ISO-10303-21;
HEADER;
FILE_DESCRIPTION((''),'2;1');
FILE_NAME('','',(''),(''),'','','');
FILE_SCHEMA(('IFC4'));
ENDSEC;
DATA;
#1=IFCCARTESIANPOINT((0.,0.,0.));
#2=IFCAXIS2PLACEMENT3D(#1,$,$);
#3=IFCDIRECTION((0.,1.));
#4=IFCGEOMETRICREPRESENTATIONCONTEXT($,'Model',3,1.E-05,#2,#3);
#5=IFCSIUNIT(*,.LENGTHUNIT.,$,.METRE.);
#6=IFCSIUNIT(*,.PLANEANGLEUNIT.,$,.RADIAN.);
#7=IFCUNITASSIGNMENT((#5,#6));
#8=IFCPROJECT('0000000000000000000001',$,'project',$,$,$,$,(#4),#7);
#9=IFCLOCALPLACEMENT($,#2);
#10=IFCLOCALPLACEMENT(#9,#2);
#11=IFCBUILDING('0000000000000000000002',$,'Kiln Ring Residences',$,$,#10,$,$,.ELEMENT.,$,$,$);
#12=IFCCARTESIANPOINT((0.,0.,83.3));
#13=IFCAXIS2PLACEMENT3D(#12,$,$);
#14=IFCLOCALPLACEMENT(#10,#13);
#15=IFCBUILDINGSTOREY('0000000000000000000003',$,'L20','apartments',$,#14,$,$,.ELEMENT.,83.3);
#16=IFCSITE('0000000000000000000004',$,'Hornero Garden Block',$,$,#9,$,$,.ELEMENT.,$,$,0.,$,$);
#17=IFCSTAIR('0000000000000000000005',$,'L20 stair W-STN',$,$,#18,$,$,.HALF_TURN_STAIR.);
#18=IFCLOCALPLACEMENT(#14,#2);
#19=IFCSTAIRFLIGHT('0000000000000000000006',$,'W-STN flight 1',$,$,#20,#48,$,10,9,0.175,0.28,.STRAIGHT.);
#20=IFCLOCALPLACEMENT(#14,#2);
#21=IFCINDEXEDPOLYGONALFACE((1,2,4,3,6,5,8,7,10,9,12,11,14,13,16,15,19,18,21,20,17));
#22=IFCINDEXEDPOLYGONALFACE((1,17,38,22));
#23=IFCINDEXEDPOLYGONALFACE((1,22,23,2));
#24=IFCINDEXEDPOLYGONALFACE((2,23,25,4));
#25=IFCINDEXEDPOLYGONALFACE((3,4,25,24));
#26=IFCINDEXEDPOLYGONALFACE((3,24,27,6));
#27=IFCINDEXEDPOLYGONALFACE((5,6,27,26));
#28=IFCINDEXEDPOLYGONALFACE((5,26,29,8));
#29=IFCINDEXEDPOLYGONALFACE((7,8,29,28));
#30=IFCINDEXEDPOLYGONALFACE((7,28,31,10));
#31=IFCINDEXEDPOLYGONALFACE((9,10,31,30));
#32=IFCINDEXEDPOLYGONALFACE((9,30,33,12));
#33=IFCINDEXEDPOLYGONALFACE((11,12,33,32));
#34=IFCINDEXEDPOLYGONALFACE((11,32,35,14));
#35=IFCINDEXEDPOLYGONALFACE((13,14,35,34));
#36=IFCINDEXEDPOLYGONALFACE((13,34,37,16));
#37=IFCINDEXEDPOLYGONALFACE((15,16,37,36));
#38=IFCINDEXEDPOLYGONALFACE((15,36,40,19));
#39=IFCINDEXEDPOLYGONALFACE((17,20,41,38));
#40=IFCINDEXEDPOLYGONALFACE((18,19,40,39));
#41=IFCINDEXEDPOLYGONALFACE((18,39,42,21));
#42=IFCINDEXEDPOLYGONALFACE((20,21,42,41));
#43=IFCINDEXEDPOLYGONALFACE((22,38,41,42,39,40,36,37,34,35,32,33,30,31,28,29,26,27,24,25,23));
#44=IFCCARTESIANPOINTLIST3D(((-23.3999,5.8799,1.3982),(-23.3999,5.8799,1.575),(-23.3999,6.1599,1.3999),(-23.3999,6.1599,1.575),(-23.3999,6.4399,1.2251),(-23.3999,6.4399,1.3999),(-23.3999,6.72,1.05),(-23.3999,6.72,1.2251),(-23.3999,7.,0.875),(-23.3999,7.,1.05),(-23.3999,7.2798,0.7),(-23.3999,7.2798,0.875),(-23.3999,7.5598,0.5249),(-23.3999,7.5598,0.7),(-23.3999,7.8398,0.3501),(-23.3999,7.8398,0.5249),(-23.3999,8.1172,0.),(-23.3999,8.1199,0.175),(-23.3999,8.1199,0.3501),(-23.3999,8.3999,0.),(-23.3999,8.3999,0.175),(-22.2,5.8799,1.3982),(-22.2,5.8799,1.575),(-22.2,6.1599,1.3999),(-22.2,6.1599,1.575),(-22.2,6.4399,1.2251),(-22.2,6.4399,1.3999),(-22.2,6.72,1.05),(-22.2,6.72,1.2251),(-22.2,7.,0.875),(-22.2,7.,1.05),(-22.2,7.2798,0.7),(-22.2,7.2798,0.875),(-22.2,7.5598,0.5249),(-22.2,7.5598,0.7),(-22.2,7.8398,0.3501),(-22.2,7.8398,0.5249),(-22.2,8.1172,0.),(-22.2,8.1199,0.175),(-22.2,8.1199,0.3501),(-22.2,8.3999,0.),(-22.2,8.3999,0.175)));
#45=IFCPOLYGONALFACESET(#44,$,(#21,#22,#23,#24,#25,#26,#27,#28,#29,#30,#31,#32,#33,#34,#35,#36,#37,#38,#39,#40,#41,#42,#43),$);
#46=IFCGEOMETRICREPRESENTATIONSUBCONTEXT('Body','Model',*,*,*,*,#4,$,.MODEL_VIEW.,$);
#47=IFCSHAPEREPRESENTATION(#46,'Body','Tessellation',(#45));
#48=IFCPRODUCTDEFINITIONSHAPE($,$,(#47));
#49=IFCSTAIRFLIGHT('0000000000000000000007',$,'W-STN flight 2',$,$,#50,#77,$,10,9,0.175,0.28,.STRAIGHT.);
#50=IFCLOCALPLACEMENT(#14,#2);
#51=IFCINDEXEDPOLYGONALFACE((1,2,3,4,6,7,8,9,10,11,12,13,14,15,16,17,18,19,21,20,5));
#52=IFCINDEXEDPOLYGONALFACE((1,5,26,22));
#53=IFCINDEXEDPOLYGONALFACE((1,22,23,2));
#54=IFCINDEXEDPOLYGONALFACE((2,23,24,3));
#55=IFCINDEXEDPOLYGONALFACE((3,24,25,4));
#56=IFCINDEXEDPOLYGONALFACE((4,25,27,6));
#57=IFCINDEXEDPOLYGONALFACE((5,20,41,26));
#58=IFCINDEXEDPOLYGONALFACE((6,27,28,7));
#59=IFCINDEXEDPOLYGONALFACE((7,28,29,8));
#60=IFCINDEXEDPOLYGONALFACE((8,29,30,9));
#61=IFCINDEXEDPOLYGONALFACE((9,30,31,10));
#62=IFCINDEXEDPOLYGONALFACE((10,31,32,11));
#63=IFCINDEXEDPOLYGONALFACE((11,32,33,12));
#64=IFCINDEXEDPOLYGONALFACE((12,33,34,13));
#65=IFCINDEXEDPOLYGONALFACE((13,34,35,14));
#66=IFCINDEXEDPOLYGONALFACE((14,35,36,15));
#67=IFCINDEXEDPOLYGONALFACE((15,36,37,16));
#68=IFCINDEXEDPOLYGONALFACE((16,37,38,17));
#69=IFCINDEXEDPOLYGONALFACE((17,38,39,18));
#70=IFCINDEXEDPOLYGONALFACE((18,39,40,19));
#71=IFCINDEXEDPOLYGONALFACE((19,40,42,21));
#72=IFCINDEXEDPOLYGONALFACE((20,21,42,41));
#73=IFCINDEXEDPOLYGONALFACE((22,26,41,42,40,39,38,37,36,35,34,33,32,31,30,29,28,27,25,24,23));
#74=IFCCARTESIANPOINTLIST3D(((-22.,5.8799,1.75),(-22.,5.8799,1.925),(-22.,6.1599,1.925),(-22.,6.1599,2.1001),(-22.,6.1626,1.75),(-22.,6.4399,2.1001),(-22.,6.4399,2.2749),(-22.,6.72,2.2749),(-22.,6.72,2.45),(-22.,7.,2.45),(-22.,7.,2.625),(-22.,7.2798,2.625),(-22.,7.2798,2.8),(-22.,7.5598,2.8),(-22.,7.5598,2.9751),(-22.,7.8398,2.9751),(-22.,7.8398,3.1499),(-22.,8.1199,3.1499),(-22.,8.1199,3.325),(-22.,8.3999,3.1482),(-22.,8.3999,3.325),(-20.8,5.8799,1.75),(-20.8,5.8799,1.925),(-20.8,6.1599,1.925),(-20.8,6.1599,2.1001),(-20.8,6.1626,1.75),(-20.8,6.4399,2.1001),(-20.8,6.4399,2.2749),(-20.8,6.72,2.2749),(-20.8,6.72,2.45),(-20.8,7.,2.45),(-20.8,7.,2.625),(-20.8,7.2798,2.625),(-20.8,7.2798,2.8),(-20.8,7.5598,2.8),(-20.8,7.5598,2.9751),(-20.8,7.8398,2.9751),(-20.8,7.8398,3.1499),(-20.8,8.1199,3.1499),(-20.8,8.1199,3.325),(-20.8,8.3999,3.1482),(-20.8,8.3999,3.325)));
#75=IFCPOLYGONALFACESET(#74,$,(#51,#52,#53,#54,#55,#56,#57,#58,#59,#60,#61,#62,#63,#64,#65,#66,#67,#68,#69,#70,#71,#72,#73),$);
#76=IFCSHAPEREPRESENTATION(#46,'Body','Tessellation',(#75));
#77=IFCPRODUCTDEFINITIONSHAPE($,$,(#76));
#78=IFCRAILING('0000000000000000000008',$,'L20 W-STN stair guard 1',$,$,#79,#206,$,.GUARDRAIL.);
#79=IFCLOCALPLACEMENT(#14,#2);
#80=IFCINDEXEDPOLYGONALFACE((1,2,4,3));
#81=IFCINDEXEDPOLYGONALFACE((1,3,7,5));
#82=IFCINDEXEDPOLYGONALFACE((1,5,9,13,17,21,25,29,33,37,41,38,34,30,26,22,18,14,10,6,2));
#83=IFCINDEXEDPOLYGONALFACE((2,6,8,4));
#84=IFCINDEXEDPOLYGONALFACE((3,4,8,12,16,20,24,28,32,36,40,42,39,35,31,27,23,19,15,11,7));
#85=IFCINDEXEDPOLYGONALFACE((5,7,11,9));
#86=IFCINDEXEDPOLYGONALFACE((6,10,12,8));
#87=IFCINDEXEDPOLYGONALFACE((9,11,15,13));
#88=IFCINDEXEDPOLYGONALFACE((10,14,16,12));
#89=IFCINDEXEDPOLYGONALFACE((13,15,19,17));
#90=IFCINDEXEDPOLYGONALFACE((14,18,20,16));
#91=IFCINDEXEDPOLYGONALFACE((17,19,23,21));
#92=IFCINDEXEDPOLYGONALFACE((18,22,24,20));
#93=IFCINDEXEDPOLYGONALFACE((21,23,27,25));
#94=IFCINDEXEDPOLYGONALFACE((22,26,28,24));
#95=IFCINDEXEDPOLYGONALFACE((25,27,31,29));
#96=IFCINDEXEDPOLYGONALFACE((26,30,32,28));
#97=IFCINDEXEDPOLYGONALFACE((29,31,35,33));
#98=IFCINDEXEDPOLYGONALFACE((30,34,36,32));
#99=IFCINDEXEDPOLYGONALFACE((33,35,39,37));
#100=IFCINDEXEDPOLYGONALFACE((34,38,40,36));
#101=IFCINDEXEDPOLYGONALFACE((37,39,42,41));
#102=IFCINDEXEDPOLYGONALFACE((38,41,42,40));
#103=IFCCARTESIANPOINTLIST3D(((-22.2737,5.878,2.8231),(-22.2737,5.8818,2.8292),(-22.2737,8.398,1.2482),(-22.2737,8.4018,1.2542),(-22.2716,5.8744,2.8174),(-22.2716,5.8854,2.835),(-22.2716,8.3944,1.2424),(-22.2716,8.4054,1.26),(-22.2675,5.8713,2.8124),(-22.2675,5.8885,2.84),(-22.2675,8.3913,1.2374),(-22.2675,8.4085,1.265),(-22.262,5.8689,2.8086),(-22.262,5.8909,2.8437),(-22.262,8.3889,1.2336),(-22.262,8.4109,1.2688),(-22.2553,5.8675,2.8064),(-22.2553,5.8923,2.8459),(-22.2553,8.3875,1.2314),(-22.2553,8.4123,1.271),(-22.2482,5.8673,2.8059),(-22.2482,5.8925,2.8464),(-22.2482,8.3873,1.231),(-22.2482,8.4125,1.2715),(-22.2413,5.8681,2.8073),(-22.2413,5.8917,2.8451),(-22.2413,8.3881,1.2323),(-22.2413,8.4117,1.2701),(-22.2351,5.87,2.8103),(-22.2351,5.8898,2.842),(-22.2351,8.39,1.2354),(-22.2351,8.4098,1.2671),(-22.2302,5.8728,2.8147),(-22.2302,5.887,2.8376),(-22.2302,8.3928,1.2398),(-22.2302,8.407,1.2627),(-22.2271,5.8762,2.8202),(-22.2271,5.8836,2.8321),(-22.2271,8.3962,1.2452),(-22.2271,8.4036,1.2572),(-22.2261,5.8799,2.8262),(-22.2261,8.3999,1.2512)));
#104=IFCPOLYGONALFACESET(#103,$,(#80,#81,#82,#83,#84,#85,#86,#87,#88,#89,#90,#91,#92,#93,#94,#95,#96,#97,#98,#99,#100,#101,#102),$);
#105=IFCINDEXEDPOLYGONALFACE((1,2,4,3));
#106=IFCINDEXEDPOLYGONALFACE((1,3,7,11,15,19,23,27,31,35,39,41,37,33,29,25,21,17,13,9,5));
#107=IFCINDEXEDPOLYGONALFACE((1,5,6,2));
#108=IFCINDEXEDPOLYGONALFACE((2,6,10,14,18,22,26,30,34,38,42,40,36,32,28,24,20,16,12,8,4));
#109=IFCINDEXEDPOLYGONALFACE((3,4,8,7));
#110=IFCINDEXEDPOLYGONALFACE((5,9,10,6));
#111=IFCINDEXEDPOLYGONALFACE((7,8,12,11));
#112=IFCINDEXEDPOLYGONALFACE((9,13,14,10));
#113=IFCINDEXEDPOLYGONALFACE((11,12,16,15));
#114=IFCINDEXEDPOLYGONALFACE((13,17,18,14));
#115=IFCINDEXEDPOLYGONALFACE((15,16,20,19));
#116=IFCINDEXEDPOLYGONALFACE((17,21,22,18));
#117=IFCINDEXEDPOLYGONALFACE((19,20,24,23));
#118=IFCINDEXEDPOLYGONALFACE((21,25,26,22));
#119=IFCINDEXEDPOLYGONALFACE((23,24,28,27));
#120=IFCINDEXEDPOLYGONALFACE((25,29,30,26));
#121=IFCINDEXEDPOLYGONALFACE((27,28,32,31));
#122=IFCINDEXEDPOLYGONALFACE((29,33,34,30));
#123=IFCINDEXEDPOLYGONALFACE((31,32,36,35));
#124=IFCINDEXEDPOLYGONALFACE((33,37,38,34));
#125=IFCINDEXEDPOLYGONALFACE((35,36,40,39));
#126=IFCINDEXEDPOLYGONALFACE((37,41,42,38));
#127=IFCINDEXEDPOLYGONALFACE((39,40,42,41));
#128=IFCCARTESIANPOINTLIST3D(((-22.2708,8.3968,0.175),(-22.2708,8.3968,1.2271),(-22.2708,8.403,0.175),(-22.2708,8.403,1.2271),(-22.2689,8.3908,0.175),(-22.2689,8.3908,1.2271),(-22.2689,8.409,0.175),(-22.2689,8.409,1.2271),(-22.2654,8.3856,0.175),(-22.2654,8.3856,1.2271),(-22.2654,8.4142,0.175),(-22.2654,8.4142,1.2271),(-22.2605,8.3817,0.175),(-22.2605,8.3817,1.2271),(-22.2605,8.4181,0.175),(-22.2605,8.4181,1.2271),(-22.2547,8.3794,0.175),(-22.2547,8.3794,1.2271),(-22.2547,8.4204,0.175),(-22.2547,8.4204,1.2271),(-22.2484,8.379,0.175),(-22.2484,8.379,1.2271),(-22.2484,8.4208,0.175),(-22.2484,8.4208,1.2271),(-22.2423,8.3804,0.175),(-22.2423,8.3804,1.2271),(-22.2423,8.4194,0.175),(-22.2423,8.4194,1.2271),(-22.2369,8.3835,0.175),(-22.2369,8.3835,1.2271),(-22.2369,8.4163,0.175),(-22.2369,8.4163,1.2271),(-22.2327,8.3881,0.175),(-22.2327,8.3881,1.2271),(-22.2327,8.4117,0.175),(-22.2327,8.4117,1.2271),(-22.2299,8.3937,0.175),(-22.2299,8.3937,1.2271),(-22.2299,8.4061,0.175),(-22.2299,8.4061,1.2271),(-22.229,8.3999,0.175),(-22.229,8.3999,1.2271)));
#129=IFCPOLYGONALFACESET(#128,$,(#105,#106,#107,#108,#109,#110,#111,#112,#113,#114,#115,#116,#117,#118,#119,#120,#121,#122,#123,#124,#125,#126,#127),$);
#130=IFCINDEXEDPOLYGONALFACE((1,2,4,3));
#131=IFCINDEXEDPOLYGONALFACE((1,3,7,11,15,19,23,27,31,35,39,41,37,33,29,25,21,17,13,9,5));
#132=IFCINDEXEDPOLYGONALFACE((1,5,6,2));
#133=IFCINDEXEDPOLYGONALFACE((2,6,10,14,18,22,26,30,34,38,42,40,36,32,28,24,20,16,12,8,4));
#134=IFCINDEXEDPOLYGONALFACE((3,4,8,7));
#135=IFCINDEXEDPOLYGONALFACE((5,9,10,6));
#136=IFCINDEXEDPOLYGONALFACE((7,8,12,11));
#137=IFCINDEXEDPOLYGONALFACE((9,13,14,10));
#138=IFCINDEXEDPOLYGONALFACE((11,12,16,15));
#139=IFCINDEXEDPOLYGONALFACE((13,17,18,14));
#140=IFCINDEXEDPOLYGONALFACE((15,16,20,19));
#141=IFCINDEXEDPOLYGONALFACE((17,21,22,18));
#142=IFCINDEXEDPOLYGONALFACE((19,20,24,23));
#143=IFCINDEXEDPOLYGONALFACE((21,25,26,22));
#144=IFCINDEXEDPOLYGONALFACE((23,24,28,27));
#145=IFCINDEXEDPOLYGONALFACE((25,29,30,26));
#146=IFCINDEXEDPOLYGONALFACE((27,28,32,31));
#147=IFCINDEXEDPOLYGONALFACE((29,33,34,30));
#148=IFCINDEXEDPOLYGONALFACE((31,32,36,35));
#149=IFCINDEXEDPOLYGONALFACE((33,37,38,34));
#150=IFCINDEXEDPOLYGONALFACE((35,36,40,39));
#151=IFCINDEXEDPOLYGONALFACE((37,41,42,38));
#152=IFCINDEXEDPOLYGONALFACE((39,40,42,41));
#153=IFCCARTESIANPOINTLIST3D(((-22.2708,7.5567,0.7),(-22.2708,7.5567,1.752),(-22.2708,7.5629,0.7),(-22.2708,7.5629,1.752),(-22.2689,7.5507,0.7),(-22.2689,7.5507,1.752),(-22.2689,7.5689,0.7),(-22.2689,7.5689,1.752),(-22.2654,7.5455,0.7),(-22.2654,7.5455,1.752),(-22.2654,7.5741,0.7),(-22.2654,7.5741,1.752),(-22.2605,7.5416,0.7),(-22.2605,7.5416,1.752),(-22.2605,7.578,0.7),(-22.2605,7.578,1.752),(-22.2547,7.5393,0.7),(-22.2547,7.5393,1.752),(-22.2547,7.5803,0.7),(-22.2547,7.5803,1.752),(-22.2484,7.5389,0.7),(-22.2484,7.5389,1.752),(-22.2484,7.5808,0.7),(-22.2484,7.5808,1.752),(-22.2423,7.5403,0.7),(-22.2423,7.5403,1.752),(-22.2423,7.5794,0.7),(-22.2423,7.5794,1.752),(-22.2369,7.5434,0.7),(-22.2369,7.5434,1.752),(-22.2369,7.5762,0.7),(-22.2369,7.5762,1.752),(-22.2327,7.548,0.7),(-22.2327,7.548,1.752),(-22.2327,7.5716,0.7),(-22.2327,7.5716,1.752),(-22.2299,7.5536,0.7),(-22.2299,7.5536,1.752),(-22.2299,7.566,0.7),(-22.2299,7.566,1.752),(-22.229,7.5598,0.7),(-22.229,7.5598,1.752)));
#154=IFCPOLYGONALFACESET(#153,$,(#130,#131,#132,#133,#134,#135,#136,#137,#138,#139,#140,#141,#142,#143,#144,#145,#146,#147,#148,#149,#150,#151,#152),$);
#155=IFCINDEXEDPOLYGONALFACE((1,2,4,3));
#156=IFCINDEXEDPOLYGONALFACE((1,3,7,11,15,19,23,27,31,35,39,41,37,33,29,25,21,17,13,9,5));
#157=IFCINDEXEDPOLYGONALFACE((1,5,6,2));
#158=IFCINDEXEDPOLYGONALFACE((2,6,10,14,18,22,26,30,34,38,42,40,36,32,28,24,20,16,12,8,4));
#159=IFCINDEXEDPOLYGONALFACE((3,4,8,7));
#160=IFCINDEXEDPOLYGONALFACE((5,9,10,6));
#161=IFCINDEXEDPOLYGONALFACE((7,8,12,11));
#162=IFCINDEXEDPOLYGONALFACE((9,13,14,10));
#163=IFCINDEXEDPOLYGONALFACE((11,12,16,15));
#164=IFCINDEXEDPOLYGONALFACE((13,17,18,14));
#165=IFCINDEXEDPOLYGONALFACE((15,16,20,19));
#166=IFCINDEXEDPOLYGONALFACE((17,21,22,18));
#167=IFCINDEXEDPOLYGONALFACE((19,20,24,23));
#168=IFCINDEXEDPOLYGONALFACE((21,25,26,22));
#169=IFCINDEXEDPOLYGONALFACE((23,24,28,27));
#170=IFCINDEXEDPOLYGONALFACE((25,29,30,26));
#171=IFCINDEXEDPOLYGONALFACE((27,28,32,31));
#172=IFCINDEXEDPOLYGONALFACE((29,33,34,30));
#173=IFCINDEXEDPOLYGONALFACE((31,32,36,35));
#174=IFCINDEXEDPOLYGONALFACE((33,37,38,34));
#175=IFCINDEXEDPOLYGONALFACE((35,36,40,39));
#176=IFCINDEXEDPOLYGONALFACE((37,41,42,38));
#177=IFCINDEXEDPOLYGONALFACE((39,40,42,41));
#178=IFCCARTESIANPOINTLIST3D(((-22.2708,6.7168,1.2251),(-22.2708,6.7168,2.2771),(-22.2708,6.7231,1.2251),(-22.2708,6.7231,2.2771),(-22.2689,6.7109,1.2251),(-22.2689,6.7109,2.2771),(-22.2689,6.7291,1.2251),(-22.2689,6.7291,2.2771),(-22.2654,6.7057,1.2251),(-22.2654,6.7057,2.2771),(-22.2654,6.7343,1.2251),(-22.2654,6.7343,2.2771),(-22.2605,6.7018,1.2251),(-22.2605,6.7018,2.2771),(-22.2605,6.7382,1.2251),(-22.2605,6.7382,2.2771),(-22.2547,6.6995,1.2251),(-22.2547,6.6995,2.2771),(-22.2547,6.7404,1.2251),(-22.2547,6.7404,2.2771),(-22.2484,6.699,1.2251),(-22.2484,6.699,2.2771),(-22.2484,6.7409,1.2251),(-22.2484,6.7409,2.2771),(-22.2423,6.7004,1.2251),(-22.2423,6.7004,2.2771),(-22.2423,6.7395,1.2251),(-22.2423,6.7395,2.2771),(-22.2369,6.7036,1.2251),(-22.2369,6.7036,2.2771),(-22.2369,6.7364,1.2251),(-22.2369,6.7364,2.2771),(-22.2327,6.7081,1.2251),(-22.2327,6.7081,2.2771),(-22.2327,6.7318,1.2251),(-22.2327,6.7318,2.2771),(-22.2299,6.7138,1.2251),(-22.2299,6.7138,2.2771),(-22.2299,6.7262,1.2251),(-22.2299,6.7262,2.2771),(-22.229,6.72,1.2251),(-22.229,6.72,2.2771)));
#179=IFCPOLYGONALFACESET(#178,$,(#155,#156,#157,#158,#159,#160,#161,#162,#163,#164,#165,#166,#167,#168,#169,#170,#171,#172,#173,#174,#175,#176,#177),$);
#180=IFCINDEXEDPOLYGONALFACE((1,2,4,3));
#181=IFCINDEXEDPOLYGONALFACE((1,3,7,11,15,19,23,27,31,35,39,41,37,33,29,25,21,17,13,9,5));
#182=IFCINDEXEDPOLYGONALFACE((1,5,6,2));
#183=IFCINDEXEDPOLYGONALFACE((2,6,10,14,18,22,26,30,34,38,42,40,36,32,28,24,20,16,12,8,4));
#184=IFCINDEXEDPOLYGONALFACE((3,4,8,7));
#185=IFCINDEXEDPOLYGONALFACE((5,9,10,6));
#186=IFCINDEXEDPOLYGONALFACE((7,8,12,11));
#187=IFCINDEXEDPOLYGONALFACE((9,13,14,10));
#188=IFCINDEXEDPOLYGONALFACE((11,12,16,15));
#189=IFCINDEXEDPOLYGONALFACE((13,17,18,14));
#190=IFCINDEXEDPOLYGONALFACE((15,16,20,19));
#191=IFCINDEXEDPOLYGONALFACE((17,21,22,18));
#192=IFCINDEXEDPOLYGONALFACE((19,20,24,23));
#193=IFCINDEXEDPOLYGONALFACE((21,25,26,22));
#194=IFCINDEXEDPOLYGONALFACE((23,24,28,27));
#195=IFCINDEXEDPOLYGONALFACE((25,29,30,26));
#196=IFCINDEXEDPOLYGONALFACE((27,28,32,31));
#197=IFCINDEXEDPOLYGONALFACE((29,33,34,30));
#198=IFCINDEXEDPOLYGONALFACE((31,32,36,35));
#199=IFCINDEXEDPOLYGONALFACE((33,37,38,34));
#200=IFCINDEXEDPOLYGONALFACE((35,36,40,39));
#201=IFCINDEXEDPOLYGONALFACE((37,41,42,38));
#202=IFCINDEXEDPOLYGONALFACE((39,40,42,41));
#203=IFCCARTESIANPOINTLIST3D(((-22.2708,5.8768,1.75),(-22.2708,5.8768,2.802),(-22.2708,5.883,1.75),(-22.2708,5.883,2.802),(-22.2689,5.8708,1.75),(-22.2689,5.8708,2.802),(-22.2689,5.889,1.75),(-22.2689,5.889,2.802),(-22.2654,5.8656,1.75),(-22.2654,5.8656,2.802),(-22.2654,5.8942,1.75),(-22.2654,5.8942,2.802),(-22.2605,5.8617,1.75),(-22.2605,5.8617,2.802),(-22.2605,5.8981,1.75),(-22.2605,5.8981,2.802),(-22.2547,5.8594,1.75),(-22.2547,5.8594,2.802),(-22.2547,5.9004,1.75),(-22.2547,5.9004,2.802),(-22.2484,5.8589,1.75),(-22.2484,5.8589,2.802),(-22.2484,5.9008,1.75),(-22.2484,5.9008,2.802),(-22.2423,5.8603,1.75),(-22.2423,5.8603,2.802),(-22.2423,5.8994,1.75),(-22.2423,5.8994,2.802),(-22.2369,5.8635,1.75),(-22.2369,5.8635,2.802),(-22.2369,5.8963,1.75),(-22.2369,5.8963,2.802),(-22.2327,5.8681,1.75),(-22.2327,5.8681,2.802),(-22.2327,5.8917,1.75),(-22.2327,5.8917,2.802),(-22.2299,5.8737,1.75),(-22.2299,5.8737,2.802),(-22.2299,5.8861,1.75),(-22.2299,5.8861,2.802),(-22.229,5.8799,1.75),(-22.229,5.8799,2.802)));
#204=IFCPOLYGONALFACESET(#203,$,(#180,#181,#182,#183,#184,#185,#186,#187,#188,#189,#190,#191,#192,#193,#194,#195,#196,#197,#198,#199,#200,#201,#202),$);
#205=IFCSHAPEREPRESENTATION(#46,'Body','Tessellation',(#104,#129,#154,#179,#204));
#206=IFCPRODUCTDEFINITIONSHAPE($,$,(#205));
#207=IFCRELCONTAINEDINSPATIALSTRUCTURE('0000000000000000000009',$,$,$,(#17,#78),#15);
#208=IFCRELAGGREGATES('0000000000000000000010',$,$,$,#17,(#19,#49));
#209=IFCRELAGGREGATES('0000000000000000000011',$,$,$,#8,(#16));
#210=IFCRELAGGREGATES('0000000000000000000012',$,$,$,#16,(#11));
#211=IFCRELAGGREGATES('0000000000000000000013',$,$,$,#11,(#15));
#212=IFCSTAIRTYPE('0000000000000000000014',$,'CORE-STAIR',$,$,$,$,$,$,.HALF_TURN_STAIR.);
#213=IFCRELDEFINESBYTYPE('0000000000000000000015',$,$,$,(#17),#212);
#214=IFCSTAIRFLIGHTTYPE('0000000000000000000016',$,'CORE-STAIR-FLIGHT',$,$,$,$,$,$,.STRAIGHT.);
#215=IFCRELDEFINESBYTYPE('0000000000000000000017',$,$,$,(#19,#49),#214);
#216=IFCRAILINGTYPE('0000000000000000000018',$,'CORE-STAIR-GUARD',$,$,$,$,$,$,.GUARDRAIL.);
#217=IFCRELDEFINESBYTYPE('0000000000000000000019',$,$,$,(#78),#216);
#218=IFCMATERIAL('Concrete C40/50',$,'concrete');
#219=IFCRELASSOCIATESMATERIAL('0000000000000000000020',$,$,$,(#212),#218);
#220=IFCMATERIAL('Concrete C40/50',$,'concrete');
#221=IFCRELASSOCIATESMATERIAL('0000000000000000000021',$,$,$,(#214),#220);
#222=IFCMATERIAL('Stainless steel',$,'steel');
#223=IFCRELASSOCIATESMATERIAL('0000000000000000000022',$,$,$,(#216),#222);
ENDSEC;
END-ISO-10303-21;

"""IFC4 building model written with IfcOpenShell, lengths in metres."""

from ifc_helpers import new_model, si_unit, direction, frame, origin, origin_2d, place, context, subcontext, project, spatial, polyline, circle, outline, extrude, material, type_object, element, aggregate, save


model = new_model("IFC4")

# Units and contexts
model_context = context("Model", 3, precision=1e-05, world=origin(), true_north=direction((0.0, 1.0)))
body_context = subcontext(model_context, "Body", "Model", "MODEL_VIEW")
ifc_project = project(units=[si_unit("LENGTHUNIT", "METRE"), si_unit("PLANEANGLEUNIT", "RADIAN")], contexts=[model_context])

# Site, building, storey
site_placement = place(None, origin())
site = spatial("IfcSite", under=ifc_project, at=site_placement, Name="Hornero Garden Block", CompositionType="ELEMENT", RefElevation=0.0)
building_placement = place(site_placement, origin())
building = spatial("IfcBuilding", under=site, at=building_placement, Name="Kiln Ring Residences", CompositionType="ELEMENT")
storey_placement = place(building_placement, frame((0.0, 0.0, 83.3)))
storey = spatial("IfcBuildingStorey", under=building, at=storey_placement, Name="L20", Description="apartments", CompositionType="ELEMENT", Elevation=83.3)

# Stair, stair flights
ifc_material_1 = material(Name="Concrete C40/50", Category="concrete")
stair_type = type_object("IfcStairType", Name="CORE-STAIR", PredefinedType="HALF_TURN_STAIR", material=ifc_material_1)
stair_placement = place(storey_placement, origin())
stair = element("IfcStair", 1, at=stair_placement, inside=storey, type_object=stair_type, Name="L20 stair W-STN", PredefinedType="HALF_TURN_STAIR")
ifc_material_2 = material(Name="Concrete C40/50", Category="concrete")
stair_flight_type = type_object("IfcStairFlightType", Name="CORE-STAIR-FLIGHT", PredefinedType="STRAIGHT", material=ifc_material_2)
stair_flight_1_placement = place(storey_placement, frame((-22.8, 8.3999, 0.0), z_axis=(0.0, 0.0, 1.0), x_axis=(0.0, -1.0, 0.0)))
stair_flight_1 = element("IfcStairFlight", 2, at=stair_flight_1_placement, type_object=stair_flight_type, Name="W-STN flight 1", NumberOfRisers=10, NumberOfTreads=9, PredefinedType="STRAIGHT", RiserHeight=0.175, TreadLength=0.28, context=body_context, shape_type="SweptSolid", body=[
    extrude(outline(polyline([(0.0, 0.0), (0.0, 0.175), (0.28, 0.175), (0.28, 0.3501), (0.5601, 0.3501), (0.5601, 0.5249), (0.8401, 0.5249), (0.8401, 0.7), (1.1201, 0.7), (1.1201, 0.875), (1.3999, 0.875), (1.3999, 1.05), (1.6799, 1.05), (1.6799, 1.2251), (1.96, 1.2251), (1.96, 1.3999), (2.24, 1.3999), (2.24, 1.575), (2.52, 1.575), (2.52, 1.75), (2.52, 1.3982), (0.2827, 0.0), (0.0, 0.0)])), frame((0.0, 0.6001, 0.0), z_axis=(0.0, -1.0, 0.0), x_axis=(1.0, 0.0, 0.0)), (0.0, 0.0, 1.0), 1.2),
])
stair_flight_2_placement = place(storey_placement, frame((-21.3999, 5.8799, 1.75), z_axis=(0.0, 0.0, 1.0), x_axis=(0.0, 1.0, 0.0)))
stair_flight_2 = element("IfcStairFlight", 3, at=stair_flight_2_placement, type_object=stair_flight_type, Name="W-STN flight 2", NumberOfRisers=10, NumberOfTreads=9, PredefinedType="STRAIGHT", RiserHeight=0.175, TreadLength=0.28, context=body_context, shape_type="SweptSolid", body=[
    extrude(outline(polyline([(0.0, 0.0), (0.0, 0.175), (0.28, 0.175), (0.28, 0.3501), (0.5601, 0.3501), (0.5601, 0.5249), (0.8401, 0.5249), (0.8401, 0.7), (1.1201, 0.7), (1.1201, 0.875), (1.3999, 0.875), (1.3999, 1.05), (1.6799, 1.05), (1.6799, 1.2251), (1.96, 1.2251), (1.96, 1.3999), (2.24, 1.3999), (2.24, 1.575), (2.52, 1.575), (2.52, 1.75), (2.52, 1.3982), (0.2827, 0.0), (0.0, 0.0)])), frame((0.0, 0.6001, 0.0), z_axis=(0.0, -1.0, 0.0), x_axis=(1.0, 0.0, 0.0)), (0.0, 0.0, 1.0), 1.2),
])
aggregate(stair, [stair_flight_1, stair_flight_2])

# Railing
ifc_material_3 = material(Name="Stainless steel", Category="steel")
railing_type_1 = type_object("IfcRailingType", Name="CORE-STAIR-GUARD", PredefinedType="GUARDRAIL", material=ifc_material_3)
railing_1_placement = place(storey_placement, frame((-22.25, 8.3999, 0.175)))
element("IfcRailing", 4, at=railing_1_placement, inside=storey, type_object=railing_type_1, Name="L20 W-STN stair guard 1", PredefinedType="GUARDRAIL", context=body_context, shape_type="SweptSolid", body=[
    extrude(circle(Radius=0.0239, at=origin_2d()), frame((0.0, 0.0, 1.0762), z_axis=(0.0, -0.848008, 0.529984), x_axis=(1.0, 0.0, 0.0)), (0.0, 0.0, 1.0), 2.9717),
    extrude(circle(Radius=0.021, at=origin_2d()), origin(), (0.0, 0.0, 1.0), 1.052),
    extrude(circle(Radius=0.021, at=origin_2d()), frame((0.0, -0.8401, 0.5249)), (0.0, 0.0, 1.0), 1.052),
    extrude(circle(Radius=0.021, at=origin_2d()), frame((0.0, -1.6799, 1.05)), (0.0, 0.0, 1.0), 1.052),
    extrude(circle(Radius=0.021, at=origin_2d()), frame((0.0, -2.52, 1.575)), (0.0, 0.0, 1.0), 1.052),
])

save(model, "model.ifc")
